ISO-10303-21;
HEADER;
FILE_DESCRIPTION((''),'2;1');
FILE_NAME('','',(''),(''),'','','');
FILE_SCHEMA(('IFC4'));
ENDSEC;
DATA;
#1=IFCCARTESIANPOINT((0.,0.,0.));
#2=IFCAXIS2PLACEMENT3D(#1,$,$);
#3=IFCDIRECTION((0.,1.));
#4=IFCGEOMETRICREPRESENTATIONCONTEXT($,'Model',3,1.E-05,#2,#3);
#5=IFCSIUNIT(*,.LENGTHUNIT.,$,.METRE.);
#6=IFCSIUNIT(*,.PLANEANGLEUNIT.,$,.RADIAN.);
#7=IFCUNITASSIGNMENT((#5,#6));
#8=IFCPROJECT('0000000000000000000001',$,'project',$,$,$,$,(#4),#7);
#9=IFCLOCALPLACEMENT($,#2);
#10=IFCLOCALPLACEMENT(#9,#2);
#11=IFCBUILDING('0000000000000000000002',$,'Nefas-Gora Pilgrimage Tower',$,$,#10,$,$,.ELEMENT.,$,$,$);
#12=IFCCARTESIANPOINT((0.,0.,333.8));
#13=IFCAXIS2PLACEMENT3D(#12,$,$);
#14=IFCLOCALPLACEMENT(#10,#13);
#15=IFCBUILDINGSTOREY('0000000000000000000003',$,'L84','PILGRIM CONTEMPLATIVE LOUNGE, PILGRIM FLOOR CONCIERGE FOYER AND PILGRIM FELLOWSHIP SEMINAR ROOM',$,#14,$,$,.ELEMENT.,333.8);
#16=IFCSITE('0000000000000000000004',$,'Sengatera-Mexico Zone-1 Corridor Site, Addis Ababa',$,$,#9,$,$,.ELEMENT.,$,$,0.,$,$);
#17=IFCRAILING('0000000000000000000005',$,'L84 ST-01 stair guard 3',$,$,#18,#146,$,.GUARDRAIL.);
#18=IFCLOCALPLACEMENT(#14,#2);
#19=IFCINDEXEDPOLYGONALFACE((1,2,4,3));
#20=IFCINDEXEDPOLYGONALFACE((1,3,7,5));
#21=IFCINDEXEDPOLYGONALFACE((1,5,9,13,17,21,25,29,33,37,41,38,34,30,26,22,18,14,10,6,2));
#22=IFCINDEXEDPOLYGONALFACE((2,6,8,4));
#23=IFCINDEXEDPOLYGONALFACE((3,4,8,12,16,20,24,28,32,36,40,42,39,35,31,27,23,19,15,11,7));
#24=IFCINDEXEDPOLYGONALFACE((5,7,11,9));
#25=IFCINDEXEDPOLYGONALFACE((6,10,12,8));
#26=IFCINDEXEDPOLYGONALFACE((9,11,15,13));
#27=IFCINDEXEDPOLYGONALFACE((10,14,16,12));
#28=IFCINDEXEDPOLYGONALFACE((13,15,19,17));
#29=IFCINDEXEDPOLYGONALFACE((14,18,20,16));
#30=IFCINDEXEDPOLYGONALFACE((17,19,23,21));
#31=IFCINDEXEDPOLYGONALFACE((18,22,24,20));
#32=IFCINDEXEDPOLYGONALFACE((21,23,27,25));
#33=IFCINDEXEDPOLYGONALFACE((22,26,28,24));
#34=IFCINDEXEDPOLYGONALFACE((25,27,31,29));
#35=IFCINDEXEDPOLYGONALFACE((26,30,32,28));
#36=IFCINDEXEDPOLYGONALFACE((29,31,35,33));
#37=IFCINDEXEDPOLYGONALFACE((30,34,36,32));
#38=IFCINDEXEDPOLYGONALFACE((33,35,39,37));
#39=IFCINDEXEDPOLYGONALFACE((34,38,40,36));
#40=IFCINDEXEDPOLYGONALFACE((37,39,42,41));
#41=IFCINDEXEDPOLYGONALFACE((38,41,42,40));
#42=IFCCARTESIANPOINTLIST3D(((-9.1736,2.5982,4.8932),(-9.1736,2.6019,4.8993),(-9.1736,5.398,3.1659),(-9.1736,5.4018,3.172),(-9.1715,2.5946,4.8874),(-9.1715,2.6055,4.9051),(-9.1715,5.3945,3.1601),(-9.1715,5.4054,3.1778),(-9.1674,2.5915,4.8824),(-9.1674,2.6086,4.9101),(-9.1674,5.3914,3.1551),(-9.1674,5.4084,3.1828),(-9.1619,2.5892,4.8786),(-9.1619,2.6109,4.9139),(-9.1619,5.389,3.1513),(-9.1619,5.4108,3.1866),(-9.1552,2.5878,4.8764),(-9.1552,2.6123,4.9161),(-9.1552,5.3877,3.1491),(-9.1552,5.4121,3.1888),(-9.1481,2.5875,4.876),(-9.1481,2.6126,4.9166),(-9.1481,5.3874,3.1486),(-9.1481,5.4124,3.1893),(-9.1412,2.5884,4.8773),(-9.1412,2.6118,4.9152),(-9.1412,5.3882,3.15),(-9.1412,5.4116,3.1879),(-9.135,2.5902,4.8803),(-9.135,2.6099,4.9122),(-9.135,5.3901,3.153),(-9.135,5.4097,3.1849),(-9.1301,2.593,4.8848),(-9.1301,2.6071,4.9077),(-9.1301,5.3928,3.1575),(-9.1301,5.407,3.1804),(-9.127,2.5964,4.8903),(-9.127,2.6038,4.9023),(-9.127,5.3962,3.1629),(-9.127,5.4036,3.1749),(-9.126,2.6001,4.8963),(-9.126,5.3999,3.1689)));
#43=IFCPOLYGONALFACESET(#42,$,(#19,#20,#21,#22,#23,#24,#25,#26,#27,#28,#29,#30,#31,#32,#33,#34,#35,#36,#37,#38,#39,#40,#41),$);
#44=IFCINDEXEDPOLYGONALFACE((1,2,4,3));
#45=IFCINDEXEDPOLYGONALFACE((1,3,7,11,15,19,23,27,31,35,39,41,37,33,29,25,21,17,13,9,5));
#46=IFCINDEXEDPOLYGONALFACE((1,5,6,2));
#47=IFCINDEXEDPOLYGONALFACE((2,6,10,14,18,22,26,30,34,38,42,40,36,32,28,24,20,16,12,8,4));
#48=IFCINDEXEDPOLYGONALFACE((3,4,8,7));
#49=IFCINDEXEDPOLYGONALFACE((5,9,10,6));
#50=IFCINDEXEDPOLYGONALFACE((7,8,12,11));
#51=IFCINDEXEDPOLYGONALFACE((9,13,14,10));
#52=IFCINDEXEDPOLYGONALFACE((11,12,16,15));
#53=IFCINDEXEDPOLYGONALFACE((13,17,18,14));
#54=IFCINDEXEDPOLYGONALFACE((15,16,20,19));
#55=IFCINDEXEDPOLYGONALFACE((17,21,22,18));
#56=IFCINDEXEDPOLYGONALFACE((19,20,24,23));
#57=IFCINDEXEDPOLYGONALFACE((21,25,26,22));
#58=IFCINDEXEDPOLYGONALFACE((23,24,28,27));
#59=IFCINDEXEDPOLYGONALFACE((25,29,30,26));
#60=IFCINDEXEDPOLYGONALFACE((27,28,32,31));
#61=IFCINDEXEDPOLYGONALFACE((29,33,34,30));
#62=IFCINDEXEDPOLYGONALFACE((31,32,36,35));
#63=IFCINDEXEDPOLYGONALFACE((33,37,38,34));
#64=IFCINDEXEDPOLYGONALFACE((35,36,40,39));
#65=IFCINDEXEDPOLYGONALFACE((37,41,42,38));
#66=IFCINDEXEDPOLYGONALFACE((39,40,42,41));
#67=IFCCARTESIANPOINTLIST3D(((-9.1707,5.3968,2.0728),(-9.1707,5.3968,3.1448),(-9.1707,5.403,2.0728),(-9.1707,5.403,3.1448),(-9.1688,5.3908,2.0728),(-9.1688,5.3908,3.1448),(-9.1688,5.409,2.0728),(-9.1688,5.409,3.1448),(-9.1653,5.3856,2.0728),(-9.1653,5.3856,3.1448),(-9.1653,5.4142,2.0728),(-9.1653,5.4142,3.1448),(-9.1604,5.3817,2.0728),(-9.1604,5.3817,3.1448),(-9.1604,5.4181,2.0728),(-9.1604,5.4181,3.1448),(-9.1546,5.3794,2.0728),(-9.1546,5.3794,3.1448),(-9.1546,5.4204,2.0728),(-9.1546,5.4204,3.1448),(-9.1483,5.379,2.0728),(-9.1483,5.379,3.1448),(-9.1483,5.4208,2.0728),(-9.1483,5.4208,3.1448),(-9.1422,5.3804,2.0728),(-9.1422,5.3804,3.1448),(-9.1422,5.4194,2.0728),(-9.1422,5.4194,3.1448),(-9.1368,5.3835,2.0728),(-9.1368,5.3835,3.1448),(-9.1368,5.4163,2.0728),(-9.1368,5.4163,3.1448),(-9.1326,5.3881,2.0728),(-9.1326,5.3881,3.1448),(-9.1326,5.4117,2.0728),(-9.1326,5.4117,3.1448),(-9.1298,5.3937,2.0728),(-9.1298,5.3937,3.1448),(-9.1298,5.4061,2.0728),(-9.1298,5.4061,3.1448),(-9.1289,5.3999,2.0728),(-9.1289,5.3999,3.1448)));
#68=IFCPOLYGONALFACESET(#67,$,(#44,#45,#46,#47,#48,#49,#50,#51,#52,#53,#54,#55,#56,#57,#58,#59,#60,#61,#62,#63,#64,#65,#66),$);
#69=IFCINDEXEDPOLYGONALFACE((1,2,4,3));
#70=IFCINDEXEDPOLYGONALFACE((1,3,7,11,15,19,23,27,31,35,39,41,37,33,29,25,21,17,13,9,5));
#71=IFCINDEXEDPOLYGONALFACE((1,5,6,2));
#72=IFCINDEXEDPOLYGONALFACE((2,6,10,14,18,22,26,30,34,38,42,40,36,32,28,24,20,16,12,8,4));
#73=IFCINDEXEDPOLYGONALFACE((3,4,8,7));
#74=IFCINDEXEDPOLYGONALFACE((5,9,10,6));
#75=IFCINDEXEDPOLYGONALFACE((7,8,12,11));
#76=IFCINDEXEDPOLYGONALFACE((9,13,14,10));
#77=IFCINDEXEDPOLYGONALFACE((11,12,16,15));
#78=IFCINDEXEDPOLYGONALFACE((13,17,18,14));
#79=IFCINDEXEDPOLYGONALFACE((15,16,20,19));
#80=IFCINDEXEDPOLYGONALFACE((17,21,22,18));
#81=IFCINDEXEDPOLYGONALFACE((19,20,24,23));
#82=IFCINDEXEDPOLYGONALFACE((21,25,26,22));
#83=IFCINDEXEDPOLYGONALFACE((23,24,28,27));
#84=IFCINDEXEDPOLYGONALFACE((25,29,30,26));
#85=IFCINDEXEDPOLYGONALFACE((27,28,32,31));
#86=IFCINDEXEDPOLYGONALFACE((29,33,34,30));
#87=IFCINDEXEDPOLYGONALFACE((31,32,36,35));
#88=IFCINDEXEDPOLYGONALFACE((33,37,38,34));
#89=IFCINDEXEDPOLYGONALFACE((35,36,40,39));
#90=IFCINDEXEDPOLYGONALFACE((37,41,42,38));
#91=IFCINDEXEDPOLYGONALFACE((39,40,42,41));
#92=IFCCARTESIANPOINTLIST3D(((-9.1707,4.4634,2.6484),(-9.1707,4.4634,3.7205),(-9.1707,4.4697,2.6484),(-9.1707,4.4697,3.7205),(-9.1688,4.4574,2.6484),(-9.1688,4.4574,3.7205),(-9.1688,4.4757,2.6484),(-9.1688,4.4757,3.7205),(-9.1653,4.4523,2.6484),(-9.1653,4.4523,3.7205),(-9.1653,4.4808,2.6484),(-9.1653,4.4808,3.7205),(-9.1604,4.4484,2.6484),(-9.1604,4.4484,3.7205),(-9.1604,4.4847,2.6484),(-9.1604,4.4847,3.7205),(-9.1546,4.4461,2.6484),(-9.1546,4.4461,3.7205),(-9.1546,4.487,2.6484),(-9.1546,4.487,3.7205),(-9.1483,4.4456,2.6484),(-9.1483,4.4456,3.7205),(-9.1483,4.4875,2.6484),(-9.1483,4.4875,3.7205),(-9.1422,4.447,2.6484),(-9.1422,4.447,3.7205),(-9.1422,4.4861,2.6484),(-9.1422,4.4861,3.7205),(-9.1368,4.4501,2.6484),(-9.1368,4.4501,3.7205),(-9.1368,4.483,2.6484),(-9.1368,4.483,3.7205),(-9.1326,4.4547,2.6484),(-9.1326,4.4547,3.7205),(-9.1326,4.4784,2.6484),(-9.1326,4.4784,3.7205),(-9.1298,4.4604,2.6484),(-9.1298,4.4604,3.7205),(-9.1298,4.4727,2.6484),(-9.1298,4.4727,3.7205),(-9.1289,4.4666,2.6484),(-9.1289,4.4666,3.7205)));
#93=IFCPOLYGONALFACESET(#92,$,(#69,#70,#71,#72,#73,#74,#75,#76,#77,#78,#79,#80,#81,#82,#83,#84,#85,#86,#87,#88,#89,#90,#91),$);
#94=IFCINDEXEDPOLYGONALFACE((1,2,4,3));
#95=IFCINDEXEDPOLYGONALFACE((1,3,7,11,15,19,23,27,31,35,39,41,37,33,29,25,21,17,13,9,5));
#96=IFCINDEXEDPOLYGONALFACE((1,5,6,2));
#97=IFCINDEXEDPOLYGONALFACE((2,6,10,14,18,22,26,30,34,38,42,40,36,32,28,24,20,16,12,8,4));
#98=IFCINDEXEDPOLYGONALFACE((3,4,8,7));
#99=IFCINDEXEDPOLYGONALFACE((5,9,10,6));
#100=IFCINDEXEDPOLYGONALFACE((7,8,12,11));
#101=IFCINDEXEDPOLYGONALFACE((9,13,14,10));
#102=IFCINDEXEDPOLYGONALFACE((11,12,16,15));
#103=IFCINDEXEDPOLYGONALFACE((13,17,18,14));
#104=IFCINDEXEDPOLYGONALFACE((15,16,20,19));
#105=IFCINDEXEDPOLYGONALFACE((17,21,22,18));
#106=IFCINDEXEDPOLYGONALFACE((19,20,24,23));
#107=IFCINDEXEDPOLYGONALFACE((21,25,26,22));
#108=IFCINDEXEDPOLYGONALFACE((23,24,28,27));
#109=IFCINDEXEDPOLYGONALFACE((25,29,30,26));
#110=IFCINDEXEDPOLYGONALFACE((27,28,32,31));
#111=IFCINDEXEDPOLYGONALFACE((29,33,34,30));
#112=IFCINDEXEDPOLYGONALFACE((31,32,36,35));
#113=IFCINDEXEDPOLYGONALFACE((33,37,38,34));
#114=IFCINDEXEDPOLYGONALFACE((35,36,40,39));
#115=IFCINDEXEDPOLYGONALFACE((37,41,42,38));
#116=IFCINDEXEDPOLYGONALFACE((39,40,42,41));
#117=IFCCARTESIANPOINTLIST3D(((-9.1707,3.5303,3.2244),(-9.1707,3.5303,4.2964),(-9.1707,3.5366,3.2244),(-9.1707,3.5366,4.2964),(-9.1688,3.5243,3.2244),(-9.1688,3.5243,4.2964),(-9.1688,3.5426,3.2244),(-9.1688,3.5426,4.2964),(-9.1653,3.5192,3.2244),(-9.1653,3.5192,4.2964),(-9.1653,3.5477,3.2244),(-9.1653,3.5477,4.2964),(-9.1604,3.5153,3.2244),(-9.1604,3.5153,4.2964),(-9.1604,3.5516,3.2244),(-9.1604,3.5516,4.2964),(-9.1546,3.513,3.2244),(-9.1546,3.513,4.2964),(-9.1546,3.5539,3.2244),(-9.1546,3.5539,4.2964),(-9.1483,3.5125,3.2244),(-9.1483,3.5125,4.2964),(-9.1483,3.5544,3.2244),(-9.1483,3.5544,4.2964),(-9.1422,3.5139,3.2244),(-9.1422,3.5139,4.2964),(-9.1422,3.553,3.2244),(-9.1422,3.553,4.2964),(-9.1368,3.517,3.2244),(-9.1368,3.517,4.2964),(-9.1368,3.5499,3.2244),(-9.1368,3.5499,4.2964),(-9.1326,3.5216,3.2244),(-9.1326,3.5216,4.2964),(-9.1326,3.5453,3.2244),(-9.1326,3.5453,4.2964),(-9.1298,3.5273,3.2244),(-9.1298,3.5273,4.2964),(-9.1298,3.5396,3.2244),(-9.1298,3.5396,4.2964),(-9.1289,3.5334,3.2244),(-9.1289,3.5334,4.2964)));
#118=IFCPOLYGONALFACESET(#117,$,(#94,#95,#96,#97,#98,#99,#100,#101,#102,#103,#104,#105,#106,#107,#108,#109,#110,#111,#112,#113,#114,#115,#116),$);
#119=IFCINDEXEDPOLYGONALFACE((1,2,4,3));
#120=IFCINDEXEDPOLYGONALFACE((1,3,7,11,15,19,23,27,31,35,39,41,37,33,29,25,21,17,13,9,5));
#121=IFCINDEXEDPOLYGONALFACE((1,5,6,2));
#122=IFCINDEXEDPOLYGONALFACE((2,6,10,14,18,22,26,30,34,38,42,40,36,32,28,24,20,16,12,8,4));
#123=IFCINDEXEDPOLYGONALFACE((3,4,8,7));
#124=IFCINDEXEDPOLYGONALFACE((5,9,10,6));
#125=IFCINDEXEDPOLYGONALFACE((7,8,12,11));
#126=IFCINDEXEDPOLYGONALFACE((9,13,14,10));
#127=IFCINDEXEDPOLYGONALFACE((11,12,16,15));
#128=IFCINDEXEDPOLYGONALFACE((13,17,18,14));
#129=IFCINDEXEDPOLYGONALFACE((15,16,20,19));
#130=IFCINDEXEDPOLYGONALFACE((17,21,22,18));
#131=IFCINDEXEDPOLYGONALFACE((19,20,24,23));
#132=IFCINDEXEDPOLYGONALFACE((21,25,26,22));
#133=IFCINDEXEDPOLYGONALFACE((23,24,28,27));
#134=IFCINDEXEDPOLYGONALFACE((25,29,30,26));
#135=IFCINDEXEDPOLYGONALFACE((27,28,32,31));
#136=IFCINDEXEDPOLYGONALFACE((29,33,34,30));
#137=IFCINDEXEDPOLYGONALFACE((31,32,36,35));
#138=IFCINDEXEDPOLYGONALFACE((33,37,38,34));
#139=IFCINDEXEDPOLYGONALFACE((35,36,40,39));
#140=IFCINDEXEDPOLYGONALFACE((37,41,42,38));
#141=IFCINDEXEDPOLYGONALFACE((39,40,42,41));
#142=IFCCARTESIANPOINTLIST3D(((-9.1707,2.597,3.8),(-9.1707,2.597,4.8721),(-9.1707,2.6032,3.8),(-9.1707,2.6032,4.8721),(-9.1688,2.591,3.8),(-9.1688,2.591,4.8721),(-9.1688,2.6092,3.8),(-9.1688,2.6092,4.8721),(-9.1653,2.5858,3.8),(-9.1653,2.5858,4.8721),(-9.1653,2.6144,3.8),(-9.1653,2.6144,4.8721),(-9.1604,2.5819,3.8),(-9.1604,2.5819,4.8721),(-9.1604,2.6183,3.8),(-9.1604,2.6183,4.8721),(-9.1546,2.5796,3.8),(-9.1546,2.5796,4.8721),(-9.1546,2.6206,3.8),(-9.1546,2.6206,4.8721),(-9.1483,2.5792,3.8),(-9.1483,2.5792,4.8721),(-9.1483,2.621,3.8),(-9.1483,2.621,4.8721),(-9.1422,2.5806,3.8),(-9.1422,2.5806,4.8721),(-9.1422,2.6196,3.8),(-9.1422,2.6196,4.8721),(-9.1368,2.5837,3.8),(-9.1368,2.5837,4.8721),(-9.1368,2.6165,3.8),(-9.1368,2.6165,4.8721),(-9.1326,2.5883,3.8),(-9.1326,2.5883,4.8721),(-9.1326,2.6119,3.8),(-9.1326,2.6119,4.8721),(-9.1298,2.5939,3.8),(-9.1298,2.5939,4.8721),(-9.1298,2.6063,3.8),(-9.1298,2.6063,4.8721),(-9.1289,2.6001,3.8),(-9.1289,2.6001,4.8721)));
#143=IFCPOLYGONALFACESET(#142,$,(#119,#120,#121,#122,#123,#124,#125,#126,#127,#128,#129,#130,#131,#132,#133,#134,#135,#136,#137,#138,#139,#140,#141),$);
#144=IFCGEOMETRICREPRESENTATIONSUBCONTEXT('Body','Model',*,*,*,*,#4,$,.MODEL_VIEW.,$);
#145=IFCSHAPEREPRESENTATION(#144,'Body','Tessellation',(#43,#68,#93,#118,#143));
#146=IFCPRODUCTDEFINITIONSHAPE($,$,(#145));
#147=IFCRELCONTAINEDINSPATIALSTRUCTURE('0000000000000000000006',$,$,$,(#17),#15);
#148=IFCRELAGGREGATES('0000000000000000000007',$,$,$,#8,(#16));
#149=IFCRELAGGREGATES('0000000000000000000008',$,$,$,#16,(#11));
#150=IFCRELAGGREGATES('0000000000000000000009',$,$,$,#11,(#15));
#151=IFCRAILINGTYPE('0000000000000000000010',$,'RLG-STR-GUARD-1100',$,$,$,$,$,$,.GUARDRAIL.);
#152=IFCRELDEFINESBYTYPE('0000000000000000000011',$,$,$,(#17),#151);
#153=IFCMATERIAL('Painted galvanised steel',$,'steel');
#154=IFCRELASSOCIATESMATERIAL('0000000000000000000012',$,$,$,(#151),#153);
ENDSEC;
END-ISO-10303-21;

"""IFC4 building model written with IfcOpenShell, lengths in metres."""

from ifc_helpers import new_model, si_unit, direction, frame, origin, origin_2d, place, context, subcontext, project, spatial, circle, extrude, material, type_object, element, save


model = new_model("IFC4")

# Units and contexts
model_context = context("Model", 3, precision=1e-05, world=origin(), true_north=direction((0.0, 1.0)))
body_context = subcontext(model_context, "Body", "Model", "MODEL_VIEW")
ifc_project = project(units=[si_unit("LENGTHUNIT", "METRE"), si_unit("PLANEANGLEUNIT", "RADIAN")], contexts=[model_context])

# Site, building, storey
site_placement = place(None, origin())
site = spatial("IfcSite", under=ifc_project, at=site_placement, Name="Sengatera-Mexico Zone-1 Corridor Site, Addis Ababa", CompositionType="ELEMENT", RefElevation=0.0)
building_placement = place(site_placement, origin())
building = spatial("IfcBuilding", under=site, at=building_placement, Name="Nefas-Gora Pilgrimage Tower", CompositionType="ELEMENT")
storey_placement = place(building_placement, frame((0.0, 0.0, 333.8)))
storey = spatial("IfcBuildingStorey", under=building, at=storey_placement, Name="L84", Description="PILGRIM CONTEMPLATIVE LOUNGE, PILGRIM FLOOR CONCIERGE FOYER AND PILGRIM FELLOWSHIP SEMINAR ROOM", CompositionType="ELEMENT", Elevation=333.8)

# Railing
ifc_material_1 = material(Name="Painted galvanised steel", Category="steel")
railing_type_1 = type_object("IfcRailingType", Name="RLG-STR-GUARD-1100", PredefinedType="GUARDRAIL", material=ifc_material_1)
railing_1_placement = place(storey_placement, frame((-9.1499, 5.3999, 2.0728)))
element("IfcRailing", 1, at=railing_1_placement, inside=storey, type_object=railing_type_1, Name="L84 ST-01 stair guard 3", PredefinedType="GUARDRAIL", context=body_context, shape_type="SweptSolid", body=[
    extrude(circle(Radius=0.0239, at=origin_2d()), frame((0.0, 0.0, 1.0962), z_axis=(0.0, -0.851069, 0.525054), x_axis=(1.0, 0.0, 0.0)), (0.0, 0.0, 1.0), 3.2898),
    extrude(circle(Radius=0.021, at=origin_2d()), origin(), (0.0, 0.0, 1.0), 1.072),
    extrude(circle(Radius=0.021, at=origin_2d()), frame((0.0, -0.9333, 0.5757)), (0.0, 0.0, 1.0), 1.072),
    extrude(circle(Radius=0.021, at=origin_2d()), frame((0.0, -1.8665, 1.1516)), (0.0, 0.0, 1.0), 1.072),
    extrude(circle(Radius=0.021, at=origin_2d()), frame((0.0, -2.7998, 1.7273)), (0.0, 0.0, 1.0), 1.072),
])

save(model, "model.ifc")
